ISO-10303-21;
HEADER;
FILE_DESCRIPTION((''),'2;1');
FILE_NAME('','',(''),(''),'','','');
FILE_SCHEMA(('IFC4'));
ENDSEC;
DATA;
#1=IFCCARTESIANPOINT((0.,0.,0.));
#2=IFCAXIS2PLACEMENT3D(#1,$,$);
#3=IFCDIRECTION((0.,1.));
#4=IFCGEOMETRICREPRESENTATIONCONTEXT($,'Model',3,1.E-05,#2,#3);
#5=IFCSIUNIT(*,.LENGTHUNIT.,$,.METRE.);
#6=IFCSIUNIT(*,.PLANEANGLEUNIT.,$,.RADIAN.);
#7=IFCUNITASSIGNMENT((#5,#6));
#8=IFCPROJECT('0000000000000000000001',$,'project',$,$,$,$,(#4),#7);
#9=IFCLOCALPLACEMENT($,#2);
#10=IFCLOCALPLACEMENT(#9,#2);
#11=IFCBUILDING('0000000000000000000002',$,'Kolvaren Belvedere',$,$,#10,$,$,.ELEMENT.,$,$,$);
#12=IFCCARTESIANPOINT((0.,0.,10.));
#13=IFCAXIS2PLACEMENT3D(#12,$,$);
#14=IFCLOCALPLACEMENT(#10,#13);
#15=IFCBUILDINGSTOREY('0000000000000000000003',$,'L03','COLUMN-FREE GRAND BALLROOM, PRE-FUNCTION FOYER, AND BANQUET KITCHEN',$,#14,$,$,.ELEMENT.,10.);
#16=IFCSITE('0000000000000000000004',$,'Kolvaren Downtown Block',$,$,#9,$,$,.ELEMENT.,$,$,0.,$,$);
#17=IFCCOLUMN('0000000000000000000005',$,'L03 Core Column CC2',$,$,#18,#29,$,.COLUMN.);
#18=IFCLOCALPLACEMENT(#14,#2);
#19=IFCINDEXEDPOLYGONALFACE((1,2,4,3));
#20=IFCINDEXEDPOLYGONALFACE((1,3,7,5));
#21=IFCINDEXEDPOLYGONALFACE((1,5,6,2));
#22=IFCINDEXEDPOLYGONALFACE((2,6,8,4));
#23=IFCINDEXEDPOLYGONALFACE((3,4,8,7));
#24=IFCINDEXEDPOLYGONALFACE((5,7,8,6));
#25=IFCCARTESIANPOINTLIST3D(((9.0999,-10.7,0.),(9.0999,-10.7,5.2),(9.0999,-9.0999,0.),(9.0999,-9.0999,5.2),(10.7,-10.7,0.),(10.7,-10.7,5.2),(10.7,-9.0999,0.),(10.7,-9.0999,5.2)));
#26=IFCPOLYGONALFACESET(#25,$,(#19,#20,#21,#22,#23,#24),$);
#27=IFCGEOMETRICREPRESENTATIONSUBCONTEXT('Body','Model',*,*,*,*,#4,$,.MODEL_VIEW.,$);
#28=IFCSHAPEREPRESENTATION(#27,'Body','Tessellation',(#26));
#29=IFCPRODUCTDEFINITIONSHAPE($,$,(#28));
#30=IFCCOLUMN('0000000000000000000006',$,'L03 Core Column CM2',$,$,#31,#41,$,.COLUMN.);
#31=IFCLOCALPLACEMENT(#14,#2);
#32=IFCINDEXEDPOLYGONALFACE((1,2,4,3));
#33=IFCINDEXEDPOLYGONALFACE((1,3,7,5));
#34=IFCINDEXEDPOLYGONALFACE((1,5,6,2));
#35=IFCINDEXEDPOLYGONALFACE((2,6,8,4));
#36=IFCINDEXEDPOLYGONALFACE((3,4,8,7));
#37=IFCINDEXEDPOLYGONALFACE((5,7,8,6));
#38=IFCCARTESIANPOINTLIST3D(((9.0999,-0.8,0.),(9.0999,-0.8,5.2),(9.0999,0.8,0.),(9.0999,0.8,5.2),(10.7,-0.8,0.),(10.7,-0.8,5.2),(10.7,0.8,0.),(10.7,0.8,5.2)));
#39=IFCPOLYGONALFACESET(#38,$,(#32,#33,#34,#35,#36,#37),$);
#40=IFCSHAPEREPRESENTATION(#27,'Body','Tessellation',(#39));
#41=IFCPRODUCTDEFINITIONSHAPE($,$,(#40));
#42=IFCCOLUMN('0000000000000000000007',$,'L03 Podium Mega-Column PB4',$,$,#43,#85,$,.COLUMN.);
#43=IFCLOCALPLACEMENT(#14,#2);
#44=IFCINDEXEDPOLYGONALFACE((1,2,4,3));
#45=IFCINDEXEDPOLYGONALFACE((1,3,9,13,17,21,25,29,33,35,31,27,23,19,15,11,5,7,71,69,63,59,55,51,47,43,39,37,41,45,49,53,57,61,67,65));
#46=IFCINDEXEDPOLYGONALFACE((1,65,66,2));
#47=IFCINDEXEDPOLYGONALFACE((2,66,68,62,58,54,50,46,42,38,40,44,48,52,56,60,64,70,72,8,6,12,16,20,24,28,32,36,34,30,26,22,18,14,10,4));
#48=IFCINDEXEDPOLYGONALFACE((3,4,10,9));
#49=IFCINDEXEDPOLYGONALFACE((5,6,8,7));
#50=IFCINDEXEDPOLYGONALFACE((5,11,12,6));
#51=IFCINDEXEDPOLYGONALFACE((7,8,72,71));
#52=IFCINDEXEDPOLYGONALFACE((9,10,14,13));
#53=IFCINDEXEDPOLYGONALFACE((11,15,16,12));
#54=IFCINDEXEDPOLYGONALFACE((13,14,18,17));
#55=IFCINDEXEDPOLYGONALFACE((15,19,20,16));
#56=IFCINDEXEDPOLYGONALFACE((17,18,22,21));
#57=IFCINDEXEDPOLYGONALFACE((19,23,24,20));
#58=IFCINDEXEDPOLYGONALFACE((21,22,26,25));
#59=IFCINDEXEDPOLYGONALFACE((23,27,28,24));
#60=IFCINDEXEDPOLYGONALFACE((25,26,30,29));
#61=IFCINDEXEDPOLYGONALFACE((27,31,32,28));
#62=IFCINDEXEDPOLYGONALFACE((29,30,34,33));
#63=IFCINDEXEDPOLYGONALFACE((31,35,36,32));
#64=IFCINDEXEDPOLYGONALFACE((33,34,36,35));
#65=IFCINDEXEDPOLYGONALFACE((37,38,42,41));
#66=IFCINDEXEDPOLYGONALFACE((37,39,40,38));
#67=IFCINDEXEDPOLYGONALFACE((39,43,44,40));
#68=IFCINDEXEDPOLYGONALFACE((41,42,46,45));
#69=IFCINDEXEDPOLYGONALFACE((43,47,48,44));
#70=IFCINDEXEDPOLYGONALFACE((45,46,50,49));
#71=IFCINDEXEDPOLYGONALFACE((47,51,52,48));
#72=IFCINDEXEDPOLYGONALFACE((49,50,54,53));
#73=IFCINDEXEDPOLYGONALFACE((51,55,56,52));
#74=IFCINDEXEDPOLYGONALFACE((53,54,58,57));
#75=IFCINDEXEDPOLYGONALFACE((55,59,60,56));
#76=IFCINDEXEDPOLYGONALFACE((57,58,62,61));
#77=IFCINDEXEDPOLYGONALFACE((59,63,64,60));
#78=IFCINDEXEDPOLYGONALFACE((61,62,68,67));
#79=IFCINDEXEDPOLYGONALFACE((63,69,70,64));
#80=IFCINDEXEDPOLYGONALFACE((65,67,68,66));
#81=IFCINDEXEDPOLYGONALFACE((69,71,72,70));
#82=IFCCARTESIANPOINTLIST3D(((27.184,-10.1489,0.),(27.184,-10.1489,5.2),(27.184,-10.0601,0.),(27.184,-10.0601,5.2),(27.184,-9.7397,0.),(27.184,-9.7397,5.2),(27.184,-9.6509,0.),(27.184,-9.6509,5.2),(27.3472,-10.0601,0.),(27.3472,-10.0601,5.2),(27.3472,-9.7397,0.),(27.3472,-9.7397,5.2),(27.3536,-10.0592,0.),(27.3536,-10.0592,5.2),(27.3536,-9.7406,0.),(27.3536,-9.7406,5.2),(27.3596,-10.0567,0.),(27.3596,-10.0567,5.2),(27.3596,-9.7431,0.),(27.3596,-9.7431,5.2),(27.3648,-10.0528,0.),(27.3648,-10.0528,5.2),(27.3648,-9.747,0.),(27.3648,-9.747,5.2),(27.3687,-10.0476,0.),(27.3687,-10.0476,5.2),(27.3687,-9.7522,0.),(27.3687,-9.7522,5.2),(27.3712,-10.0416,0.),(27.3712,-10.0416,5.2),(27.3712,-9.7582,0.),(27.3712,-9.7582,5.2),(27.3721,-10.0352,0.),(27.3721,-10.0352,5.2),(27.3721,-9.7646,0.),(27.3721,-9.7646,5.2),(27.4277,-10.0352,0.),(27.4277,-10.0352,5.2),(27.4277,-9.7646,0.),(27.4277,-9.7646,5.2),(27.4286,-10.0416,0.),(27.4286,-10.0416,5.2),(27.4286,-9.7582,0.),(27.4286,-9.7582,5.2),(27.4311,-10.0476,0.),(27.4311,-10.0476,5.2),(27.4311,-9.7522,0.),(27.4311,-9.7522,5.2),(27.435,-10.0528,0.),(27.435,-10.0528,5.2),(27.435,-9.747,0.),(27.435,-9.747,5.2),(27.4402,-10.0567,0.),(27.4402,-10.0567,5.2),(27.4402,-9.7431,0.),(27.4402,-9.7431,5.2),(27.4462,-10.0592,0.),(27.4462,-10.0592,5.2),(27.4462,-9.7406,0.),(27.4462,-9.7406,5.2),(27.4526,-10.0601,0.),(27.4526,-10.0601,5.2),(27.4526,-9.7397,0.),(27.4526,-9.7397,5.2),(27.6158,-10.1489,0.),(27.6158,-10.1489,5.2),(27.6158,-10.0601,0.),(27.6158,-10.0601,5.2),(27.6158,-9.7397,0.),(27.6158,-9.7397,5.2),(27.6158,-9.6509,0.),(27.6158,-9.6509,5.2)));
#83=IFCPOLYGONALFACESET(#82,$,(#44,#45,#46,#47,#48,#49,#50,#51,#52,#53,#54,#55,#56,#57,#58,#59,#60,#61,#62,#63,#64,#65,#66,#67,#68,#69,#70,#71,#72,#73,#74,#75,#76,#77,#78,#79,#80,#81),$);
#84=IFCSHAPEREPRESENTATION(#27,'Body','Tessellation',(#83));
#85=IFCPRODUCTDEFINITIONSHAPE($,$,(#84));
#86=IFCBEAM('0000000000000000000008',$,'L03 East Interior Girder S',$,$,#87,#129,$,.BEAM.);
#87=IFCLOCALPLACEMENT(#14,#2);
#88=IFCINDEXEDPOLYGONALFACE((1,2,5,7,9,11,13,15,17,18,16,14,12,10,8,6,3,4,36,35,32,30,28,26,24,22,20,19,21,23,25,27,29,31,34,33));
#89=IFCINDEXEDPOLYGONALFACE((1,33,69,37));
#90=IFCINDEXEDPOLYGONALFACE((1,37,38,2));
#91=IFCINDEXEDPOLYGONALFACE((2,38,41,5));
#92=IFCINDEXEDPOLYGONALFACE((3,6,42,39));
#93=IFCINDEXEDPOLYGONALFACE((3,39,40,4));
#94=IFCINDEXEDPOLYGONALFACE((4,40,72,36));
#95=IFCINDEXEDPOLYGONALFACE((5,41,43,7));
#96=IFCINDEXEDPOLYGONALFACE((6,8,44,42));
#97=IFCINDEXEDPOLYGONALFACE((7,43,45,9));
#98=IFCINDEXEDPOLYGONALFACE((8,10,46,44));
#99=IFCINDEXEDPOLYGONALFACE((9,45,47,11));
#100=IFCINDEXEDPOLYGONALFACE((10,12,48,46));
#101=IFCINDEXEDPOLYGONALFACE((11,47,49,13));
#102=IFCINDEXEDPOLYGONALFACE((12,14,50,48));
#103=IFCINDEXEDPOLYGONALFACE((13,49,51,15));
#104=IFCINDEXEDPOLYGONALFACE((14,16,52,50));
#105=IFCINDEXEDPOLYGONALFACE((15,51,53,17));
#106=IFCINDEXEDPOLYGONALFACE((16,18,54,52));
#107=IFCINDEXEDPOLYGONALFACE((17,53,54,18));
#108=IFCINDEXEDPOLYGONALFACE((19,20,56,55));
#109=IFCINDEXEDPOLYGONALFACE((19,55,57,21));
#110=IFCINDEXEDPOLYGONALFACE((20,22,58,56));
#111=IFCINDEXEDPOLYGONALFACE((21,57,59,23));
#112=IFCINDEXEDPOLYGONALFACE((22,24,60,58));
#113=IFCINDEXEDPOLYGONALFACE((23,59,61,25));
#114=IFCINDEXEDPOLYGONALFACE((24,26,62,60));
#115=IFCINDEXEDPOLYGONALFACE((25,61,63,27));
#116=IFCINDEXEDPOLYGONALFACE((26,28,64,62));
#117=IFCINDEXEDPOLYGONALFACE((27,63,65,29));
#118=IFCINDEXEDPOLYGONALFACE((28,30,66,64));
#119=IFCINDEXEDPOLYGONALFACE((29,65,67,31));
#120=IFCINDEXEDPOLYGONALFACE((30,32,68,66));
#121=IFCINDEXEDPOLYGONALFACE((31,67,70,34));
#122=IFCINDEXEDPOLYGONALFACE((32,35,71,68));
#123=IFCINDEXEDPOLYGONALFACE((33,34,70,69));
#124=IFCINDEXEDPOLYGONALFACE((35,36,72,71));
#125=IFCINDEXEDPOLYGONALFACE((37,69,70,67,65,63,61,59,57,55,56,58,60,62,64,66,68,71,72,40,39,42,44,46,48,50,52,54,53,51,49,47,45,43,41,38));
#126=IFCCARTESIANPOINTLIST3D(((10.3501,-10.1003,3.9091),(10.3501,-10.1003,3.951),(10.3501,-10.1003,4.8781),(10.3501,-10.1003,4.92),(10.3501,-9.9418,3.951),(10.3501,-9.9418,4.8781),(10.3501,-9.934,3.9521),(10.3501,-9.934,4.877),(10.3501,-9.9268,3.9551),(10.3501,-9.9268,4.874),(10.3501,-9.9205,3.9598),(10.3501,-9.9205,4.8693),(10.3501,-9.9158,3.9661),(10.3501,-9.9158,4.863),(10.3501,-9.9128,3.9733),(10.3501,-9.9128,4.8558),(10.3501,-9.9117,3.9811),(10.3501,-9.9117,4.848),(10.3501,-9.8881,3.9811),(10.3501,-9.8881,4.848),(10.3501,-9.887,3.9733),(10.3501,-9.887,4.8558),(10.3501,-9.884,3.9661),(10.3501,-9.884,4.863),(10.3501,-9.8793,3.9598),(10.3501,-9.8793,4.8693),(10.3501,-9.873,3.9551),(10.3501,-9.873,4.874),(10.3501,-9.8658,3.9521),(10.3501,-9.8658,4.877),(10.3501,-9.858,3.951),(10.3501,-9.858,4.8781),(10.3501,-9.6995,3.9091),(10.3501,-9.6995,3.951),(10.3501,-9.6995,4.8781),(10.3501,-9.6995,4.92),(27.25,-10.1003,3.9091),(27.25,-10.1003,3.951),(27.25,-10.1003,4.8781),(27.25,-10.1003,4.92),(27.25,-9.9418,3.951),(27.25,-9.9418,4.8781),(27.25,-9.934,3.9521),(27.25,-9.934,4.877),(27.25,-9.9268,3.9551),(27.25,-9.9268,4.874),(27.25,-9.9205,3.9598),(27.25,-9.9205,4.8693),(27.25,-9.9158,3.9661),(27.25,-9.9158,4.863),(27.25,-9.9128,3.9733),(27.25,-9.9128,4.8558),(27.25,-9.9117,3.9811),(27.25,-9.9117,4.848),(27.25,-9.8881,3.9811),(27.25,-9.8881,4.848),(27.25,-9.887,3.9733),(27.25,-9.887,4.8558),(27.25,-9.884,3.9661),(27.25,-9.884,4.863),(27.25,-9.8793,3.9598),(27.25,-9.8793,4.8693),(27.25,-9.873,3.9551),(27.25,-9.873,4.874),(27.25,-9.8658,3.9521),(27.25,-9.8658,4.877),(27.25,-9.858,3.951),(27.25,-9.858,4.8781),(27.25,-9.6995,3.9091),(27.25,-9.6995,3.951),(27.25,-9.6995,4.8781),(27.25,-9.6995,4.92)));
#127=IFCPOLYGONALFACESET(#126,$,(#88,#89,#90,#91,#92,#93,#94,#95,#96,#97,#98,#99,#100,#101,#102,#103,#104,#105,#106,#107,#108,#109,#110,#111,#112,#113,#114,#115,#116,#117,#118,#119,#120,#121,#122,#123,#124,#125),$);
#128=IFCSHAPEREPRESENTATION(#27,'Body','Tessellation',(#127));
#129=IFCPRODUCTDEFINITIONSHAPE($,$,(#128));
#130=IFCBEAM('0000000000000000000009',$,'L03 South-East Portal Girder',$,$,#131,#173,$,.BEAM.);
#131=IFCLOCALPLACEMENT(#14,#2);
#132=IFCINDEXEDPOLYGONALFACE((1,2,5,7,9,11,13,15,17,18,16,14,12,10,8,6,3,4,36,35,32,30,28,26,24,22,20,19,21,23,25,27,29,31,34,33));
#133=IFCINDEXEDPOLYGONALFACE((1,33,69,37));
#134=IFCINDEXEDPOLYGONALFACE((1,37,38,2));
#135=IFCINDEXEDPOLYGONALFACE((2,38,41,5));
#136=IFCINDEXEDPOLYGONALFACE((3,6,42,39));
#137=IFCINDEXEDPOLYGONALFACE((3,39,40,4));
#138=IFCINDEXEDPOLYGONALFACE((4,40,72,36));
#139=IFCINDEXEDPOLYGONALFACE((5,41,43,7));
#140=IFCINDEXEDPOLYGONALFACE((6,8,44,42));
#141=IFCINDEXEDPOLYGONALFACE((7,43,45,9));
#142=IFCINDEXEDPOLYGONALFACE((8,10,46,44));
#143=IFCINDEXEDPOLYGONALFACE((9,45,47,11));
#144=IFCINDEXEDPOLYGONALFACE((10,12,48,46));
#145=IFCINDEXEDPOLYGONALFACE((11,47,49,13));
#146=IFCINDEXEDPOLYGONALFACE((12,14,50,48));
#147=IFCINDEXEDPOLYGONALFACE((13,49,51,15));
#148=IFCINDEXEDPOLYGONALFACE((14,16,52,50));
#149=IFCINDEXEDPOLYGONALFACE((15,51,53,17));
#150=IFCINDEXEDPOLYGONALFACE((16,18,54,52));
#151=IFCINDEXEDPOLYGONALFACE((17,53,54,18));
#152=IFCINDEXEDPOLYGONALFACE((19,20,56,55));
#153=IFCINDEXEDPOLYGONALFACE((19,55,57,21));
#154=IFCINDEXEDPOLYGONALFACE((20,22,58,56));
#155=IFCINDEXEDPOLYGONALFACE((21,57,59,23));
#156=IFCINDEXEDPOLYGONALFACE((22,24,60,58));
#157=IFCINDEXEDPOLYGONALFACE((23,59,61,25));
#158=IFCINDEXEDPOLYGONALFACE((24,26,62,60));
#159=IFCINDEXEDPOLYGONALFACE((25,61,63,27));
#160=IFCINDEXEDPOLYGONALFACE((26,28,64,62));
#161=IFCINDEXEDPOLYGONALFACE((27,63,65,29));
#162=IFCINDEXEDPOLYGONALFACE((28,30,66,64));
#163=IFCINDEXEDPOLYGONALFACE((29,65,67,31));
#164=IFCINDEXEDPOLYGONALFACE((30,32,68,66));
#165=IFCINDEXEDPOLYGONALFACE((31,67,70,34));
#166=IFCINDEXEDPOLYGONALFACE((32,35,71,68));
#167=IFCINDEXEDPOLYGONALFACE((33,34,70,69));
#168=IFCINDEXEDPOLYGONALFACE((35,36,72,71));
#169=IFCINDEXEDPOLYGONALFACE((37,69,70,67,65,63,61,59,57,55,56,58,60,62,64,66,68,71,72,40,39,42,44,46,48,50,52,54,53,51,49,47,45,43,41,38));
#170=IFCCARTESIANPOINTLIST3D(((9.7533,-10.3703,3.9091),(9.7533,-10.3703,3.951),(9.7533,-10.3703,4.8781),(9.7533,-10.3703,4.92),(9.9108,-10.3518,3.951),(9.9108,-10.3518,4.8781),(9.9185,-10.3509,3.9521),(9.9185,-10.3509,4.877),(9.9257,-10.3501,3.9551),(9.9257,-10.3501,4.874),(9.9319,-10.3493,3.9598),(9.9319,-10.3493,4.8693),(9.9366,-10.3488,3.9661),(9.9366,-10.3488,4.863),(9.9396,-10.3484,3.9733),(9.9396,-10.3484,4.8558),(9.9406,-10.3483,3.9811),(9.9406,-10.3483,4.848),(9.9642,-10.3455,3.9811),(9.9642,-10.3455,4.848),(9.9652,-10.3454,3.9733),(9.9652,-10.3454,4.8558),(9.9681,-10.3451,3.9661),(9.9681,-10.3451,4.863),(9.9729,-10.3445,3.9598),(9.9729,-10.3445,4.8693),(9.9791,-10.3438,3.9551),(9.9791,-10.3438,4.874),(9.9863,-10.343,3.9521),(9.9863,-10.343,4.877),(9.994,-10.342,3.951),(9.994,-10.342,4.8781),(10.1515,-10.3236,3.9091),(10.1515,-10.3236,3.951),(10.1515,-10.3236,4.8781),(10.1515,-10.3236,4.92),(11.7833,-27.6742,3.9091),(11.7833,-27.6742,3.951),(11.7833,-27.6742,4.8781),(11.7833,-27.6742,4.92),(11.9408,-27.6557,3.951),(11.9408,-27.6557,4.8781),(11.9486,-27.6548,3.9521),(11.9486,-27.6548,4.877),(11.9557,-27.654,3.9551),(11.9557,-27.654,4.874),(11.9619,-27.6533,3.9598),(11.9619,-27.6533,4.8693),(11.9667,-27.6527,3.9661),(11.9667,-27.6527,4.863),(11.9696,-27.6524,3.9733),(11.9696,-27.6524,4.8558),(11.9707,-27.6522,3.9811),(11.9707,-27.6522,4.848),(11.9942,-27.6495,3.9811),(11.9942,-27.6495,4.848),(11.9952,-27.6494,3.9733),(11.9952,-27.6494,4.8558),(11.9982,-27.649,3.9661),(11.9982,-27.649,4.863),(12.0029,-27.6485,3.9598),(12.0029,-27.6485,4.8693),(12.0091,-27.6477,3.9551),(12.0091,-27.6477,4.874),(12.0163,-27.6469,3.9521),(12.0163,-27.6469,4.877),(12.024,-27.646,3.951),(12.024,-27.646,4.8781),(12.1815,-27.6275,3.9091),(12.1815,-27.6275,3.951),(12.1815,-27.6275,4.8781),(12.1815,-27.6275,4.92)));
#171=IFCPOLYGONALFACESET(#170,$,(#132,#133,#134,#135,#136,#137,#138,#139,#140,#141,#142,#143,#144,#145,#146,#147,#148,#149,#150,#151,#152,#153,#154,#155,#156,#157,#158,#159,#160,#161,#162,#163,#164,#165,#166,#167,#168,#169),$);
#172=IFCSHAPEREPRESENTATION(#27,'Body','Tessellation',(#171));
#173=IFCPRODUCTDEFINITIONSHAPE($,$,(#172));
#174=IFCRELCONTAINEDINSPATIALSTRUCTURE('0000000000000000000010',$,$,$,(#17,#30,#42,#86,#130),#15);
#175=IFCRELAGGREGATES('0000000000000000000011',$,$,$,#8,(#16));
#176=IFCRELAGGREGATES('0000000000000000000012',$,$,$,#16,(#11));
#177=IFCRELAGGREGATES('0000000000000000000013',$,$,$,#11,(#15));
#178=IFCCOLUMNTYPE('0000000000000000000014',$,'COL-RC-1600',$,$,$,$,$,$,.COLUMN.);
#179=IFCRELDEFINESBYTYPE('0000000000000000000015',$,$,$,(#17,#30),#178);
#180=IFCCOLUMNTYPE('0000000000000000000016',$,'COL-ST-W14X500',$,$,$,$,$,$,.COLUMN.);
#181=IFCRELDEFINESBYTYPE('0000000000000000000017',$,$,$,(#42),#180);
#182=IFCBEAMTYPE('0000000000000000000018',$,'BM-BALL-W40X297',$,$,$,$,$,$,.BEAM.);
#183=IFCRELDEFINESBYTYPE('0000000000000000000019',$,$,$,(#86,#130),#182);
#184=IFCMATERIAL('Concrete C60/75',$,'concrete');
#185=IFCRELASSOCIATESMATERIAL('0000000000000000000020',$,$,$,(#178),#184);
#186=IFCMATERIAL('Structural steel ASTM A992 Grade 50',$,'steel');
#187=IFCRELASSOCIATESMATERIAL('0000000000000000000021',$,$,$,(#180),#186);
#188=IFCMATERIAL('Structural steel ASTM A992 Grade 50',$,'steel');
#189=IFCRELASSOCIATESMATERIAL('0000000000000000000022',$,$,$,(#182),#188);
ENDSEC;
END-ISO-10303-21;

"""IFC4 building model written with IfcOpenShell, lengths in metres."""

from ifc_helpers import new_model, si_unit, direction, frame, origin, origin_2d, place, context, subcontext, project, spatial, rectangle, i_section, extrude, material, material_profile, profile_set, type_object, element, save


model = new_model("IFC4")

# Units and contexts
model_context = context("Model", 3, precision=1e-05, world=origin(), true_north=direction((0.0, 1.0)))
body_context = subcontext(model_context, "Body", "Model", "MODEL_VIEW")
ifc_project = project(units=[si_unit("LENGTHUNIT", "METRE"), si_unit("PLANEANGLEUNIT", "RADIAN")], contexts=[model_context])

# Site, building, storey
site_placement = place(None, origin())
site = spatial("IfcSite", under=ifc_project, at=site_placement, Name="Kolvaren Downtown Block", CompositionType="ELEMENT", RefElevation=0.0)
building_placement = place(site_placement, origin())
building = spatial("IfcBuilding", under=site, at=building_placement, Name="Kolvaren Belvedere", CompositionType="ELEMENT")
storey_placement = place(building_placement, frame((0.0, 0.0, 10.0)))
storey = spatial("IfcBuildingStorey", under=building, at=storey_placement, Name="L03", Description="COLUMN-FREE GRAND BALLROOM, PRE-FUNCTION FOYER, AND BANQUET KITCHEN", CompositionType="ELEMENT", Elevation=10.0)

# Columns
ifc_material_1 = material(Name="Concrete C60/75", Category="concrete")
ifc_material_profile_1 = material_profile(ifc_material_1, rectangle(XDim=1.6001, YDim=1.6001, at=origin_2d()), Name="RC 1600X1600")
ifc_profile_set_1 = profile_set([ifc_material_profile_1], Name="Concrete C60/75")
column_type_1 = type_object("IfcColumnType", Name="COL-RC-1600", PredefinedType="COLUMN", material=ifc_profile_set_1)
for number, where, z_axis, x_axis, name in (
    (1, (9.8999, -9.8999, 0.0), (0.0, 0.0, 1.0), (1.0, 0.0, 0.0), "L03 Core Column CC2"),
    (2, (9.8999, 0.0, 0.0), (0.0, 0.0, 1.0), (1.0, 0.0, 0.0), "L03 Core Column CM2"),
):
    element("IfcColumn", number, at=place(storey_placement, frame(where, z_axis=z_axis, x_axis=x_axis)), inside=storey, type_object=column_type_1, Name=name, PredefinedType="COLUMN", context=body_context, shape_type="SweptSolid", body=[
        extrude(rectangle(XDim=1.6001, YDim=1.6001, at=origin_2d()), origin(), (0.0, 0.0, 1.0), 5.2),
    ])
ifc_material_2 = material(Name="Structural steel ASTM A992 Grade 50", Category="steel")
ifc_material_profile_2 = material_profile(ifc_material_2, i_section(OverallWidth=0.4319, OverallDepth=0.498, WebThickness=0.0557, FlangeThickness=0.0889, FilletRadius=0.0249, at=origin_2d()), Name="W14X500")
ifc_profile_set_2 = profile_set([ifc_material_profile_2], Name="Structural steel ASTM A992 Grade 50")
column_type_2 = type_object("IfcColumnType", Name="COL-ST-W14X500", PredefinedType="COLUMN", material=ifc_profile_set_2)
column_placement = place(storey_placement, frame((27.3999, -9.8999, 0.0), z_axis=(0.0, 0.0, 1.0), x_axis=(1.0, 0.0, 0.0)))
element("IfcColumn", 3, at=column_placement, inside=storey, type_object=column_type_2, Name="L03 Podium Mega-Column PB4", PredefinedType="COLUMN", context=body_context, shape_type="SweptSolid", body=[
    extrude(i_section(OverallWidth=0.4319, OverallDepth=0.498, WebThickness=0.0557, FlangeThickness=0.0889, FilletRadius=0.0249, at=origin_2d()), origin(), (0.0, 0.0, 1.0), 5.2),
])

# Beams
ifc_material_3 = material(Name="Structural steel ASTM A992 Grade 50", Category="steel")
ifc_material_profile_3 = material_profile(ifc_material_3, i_section(OverallWidth=0.4009, OverallDepth=1.011, WebThickness=0.0237, FlangeThickness=0.042, FilletRadius=0.03, at=origin_2d()), Name="W40X297")
ifc_profile_set_3 = profile_set([ifc_material_profile_3], Name="Structural steel ASTM A992 Grade 50")
beam_type_1 = type_object("IfcBeamType", Name="BM-BALL-W40X297", PredefinedType="BEAM", material=ifc_profile_set_3)
beam_1_placement = place(storey_placement, frame((10.3501, -9.8999, 4.4146), z_axis=(1.0, 0.0, 0.0), x_axis=(0.0, 1.0, 0.0)))
element("IfcBeam", 4, at=beam_1_placement, inside=storey, type_object=beam_type_1, Name="L03 East Interior Girder S", PredefinedType="BEAM", context=body_context, shape_type="SweptSolid", body=[
    extrude(i_section(OverallWidth=0.4009, OverallDepth=1.011, WebThickness=0.0237, FlangeThickness=0.042, FilletRadius=0.03, at=origin_2d()), origin(), (0.0, 0.0, 1.0), 16.8999),
])
beam_2_placement = place(storey_placement, frame((9.9524, -10.3469, 4.4146), z_axis=(0.116517, -0.993189, 0.0), x_axis=(0.993189, 0.116517, 0.0)))
element("IfcBeam", 5, at=beam_2_placement, inside=storey, type_object=beam_type_1, Name="L03 South-East Portal Girder", PredefinedType="BEAM", context=body_context, shape_type="SweptSolid", body=[
    extrude(i_section(OverallWidth=0.4009, OverallDepth=1.011, WebThickness=0.0237, FlangeThickness=0.042, FilletRadius=0.03, at=origin_2d()), origin(), (0.0, 0.0, 1.0), 17.4226),
])

save(model, "model.ifc")
